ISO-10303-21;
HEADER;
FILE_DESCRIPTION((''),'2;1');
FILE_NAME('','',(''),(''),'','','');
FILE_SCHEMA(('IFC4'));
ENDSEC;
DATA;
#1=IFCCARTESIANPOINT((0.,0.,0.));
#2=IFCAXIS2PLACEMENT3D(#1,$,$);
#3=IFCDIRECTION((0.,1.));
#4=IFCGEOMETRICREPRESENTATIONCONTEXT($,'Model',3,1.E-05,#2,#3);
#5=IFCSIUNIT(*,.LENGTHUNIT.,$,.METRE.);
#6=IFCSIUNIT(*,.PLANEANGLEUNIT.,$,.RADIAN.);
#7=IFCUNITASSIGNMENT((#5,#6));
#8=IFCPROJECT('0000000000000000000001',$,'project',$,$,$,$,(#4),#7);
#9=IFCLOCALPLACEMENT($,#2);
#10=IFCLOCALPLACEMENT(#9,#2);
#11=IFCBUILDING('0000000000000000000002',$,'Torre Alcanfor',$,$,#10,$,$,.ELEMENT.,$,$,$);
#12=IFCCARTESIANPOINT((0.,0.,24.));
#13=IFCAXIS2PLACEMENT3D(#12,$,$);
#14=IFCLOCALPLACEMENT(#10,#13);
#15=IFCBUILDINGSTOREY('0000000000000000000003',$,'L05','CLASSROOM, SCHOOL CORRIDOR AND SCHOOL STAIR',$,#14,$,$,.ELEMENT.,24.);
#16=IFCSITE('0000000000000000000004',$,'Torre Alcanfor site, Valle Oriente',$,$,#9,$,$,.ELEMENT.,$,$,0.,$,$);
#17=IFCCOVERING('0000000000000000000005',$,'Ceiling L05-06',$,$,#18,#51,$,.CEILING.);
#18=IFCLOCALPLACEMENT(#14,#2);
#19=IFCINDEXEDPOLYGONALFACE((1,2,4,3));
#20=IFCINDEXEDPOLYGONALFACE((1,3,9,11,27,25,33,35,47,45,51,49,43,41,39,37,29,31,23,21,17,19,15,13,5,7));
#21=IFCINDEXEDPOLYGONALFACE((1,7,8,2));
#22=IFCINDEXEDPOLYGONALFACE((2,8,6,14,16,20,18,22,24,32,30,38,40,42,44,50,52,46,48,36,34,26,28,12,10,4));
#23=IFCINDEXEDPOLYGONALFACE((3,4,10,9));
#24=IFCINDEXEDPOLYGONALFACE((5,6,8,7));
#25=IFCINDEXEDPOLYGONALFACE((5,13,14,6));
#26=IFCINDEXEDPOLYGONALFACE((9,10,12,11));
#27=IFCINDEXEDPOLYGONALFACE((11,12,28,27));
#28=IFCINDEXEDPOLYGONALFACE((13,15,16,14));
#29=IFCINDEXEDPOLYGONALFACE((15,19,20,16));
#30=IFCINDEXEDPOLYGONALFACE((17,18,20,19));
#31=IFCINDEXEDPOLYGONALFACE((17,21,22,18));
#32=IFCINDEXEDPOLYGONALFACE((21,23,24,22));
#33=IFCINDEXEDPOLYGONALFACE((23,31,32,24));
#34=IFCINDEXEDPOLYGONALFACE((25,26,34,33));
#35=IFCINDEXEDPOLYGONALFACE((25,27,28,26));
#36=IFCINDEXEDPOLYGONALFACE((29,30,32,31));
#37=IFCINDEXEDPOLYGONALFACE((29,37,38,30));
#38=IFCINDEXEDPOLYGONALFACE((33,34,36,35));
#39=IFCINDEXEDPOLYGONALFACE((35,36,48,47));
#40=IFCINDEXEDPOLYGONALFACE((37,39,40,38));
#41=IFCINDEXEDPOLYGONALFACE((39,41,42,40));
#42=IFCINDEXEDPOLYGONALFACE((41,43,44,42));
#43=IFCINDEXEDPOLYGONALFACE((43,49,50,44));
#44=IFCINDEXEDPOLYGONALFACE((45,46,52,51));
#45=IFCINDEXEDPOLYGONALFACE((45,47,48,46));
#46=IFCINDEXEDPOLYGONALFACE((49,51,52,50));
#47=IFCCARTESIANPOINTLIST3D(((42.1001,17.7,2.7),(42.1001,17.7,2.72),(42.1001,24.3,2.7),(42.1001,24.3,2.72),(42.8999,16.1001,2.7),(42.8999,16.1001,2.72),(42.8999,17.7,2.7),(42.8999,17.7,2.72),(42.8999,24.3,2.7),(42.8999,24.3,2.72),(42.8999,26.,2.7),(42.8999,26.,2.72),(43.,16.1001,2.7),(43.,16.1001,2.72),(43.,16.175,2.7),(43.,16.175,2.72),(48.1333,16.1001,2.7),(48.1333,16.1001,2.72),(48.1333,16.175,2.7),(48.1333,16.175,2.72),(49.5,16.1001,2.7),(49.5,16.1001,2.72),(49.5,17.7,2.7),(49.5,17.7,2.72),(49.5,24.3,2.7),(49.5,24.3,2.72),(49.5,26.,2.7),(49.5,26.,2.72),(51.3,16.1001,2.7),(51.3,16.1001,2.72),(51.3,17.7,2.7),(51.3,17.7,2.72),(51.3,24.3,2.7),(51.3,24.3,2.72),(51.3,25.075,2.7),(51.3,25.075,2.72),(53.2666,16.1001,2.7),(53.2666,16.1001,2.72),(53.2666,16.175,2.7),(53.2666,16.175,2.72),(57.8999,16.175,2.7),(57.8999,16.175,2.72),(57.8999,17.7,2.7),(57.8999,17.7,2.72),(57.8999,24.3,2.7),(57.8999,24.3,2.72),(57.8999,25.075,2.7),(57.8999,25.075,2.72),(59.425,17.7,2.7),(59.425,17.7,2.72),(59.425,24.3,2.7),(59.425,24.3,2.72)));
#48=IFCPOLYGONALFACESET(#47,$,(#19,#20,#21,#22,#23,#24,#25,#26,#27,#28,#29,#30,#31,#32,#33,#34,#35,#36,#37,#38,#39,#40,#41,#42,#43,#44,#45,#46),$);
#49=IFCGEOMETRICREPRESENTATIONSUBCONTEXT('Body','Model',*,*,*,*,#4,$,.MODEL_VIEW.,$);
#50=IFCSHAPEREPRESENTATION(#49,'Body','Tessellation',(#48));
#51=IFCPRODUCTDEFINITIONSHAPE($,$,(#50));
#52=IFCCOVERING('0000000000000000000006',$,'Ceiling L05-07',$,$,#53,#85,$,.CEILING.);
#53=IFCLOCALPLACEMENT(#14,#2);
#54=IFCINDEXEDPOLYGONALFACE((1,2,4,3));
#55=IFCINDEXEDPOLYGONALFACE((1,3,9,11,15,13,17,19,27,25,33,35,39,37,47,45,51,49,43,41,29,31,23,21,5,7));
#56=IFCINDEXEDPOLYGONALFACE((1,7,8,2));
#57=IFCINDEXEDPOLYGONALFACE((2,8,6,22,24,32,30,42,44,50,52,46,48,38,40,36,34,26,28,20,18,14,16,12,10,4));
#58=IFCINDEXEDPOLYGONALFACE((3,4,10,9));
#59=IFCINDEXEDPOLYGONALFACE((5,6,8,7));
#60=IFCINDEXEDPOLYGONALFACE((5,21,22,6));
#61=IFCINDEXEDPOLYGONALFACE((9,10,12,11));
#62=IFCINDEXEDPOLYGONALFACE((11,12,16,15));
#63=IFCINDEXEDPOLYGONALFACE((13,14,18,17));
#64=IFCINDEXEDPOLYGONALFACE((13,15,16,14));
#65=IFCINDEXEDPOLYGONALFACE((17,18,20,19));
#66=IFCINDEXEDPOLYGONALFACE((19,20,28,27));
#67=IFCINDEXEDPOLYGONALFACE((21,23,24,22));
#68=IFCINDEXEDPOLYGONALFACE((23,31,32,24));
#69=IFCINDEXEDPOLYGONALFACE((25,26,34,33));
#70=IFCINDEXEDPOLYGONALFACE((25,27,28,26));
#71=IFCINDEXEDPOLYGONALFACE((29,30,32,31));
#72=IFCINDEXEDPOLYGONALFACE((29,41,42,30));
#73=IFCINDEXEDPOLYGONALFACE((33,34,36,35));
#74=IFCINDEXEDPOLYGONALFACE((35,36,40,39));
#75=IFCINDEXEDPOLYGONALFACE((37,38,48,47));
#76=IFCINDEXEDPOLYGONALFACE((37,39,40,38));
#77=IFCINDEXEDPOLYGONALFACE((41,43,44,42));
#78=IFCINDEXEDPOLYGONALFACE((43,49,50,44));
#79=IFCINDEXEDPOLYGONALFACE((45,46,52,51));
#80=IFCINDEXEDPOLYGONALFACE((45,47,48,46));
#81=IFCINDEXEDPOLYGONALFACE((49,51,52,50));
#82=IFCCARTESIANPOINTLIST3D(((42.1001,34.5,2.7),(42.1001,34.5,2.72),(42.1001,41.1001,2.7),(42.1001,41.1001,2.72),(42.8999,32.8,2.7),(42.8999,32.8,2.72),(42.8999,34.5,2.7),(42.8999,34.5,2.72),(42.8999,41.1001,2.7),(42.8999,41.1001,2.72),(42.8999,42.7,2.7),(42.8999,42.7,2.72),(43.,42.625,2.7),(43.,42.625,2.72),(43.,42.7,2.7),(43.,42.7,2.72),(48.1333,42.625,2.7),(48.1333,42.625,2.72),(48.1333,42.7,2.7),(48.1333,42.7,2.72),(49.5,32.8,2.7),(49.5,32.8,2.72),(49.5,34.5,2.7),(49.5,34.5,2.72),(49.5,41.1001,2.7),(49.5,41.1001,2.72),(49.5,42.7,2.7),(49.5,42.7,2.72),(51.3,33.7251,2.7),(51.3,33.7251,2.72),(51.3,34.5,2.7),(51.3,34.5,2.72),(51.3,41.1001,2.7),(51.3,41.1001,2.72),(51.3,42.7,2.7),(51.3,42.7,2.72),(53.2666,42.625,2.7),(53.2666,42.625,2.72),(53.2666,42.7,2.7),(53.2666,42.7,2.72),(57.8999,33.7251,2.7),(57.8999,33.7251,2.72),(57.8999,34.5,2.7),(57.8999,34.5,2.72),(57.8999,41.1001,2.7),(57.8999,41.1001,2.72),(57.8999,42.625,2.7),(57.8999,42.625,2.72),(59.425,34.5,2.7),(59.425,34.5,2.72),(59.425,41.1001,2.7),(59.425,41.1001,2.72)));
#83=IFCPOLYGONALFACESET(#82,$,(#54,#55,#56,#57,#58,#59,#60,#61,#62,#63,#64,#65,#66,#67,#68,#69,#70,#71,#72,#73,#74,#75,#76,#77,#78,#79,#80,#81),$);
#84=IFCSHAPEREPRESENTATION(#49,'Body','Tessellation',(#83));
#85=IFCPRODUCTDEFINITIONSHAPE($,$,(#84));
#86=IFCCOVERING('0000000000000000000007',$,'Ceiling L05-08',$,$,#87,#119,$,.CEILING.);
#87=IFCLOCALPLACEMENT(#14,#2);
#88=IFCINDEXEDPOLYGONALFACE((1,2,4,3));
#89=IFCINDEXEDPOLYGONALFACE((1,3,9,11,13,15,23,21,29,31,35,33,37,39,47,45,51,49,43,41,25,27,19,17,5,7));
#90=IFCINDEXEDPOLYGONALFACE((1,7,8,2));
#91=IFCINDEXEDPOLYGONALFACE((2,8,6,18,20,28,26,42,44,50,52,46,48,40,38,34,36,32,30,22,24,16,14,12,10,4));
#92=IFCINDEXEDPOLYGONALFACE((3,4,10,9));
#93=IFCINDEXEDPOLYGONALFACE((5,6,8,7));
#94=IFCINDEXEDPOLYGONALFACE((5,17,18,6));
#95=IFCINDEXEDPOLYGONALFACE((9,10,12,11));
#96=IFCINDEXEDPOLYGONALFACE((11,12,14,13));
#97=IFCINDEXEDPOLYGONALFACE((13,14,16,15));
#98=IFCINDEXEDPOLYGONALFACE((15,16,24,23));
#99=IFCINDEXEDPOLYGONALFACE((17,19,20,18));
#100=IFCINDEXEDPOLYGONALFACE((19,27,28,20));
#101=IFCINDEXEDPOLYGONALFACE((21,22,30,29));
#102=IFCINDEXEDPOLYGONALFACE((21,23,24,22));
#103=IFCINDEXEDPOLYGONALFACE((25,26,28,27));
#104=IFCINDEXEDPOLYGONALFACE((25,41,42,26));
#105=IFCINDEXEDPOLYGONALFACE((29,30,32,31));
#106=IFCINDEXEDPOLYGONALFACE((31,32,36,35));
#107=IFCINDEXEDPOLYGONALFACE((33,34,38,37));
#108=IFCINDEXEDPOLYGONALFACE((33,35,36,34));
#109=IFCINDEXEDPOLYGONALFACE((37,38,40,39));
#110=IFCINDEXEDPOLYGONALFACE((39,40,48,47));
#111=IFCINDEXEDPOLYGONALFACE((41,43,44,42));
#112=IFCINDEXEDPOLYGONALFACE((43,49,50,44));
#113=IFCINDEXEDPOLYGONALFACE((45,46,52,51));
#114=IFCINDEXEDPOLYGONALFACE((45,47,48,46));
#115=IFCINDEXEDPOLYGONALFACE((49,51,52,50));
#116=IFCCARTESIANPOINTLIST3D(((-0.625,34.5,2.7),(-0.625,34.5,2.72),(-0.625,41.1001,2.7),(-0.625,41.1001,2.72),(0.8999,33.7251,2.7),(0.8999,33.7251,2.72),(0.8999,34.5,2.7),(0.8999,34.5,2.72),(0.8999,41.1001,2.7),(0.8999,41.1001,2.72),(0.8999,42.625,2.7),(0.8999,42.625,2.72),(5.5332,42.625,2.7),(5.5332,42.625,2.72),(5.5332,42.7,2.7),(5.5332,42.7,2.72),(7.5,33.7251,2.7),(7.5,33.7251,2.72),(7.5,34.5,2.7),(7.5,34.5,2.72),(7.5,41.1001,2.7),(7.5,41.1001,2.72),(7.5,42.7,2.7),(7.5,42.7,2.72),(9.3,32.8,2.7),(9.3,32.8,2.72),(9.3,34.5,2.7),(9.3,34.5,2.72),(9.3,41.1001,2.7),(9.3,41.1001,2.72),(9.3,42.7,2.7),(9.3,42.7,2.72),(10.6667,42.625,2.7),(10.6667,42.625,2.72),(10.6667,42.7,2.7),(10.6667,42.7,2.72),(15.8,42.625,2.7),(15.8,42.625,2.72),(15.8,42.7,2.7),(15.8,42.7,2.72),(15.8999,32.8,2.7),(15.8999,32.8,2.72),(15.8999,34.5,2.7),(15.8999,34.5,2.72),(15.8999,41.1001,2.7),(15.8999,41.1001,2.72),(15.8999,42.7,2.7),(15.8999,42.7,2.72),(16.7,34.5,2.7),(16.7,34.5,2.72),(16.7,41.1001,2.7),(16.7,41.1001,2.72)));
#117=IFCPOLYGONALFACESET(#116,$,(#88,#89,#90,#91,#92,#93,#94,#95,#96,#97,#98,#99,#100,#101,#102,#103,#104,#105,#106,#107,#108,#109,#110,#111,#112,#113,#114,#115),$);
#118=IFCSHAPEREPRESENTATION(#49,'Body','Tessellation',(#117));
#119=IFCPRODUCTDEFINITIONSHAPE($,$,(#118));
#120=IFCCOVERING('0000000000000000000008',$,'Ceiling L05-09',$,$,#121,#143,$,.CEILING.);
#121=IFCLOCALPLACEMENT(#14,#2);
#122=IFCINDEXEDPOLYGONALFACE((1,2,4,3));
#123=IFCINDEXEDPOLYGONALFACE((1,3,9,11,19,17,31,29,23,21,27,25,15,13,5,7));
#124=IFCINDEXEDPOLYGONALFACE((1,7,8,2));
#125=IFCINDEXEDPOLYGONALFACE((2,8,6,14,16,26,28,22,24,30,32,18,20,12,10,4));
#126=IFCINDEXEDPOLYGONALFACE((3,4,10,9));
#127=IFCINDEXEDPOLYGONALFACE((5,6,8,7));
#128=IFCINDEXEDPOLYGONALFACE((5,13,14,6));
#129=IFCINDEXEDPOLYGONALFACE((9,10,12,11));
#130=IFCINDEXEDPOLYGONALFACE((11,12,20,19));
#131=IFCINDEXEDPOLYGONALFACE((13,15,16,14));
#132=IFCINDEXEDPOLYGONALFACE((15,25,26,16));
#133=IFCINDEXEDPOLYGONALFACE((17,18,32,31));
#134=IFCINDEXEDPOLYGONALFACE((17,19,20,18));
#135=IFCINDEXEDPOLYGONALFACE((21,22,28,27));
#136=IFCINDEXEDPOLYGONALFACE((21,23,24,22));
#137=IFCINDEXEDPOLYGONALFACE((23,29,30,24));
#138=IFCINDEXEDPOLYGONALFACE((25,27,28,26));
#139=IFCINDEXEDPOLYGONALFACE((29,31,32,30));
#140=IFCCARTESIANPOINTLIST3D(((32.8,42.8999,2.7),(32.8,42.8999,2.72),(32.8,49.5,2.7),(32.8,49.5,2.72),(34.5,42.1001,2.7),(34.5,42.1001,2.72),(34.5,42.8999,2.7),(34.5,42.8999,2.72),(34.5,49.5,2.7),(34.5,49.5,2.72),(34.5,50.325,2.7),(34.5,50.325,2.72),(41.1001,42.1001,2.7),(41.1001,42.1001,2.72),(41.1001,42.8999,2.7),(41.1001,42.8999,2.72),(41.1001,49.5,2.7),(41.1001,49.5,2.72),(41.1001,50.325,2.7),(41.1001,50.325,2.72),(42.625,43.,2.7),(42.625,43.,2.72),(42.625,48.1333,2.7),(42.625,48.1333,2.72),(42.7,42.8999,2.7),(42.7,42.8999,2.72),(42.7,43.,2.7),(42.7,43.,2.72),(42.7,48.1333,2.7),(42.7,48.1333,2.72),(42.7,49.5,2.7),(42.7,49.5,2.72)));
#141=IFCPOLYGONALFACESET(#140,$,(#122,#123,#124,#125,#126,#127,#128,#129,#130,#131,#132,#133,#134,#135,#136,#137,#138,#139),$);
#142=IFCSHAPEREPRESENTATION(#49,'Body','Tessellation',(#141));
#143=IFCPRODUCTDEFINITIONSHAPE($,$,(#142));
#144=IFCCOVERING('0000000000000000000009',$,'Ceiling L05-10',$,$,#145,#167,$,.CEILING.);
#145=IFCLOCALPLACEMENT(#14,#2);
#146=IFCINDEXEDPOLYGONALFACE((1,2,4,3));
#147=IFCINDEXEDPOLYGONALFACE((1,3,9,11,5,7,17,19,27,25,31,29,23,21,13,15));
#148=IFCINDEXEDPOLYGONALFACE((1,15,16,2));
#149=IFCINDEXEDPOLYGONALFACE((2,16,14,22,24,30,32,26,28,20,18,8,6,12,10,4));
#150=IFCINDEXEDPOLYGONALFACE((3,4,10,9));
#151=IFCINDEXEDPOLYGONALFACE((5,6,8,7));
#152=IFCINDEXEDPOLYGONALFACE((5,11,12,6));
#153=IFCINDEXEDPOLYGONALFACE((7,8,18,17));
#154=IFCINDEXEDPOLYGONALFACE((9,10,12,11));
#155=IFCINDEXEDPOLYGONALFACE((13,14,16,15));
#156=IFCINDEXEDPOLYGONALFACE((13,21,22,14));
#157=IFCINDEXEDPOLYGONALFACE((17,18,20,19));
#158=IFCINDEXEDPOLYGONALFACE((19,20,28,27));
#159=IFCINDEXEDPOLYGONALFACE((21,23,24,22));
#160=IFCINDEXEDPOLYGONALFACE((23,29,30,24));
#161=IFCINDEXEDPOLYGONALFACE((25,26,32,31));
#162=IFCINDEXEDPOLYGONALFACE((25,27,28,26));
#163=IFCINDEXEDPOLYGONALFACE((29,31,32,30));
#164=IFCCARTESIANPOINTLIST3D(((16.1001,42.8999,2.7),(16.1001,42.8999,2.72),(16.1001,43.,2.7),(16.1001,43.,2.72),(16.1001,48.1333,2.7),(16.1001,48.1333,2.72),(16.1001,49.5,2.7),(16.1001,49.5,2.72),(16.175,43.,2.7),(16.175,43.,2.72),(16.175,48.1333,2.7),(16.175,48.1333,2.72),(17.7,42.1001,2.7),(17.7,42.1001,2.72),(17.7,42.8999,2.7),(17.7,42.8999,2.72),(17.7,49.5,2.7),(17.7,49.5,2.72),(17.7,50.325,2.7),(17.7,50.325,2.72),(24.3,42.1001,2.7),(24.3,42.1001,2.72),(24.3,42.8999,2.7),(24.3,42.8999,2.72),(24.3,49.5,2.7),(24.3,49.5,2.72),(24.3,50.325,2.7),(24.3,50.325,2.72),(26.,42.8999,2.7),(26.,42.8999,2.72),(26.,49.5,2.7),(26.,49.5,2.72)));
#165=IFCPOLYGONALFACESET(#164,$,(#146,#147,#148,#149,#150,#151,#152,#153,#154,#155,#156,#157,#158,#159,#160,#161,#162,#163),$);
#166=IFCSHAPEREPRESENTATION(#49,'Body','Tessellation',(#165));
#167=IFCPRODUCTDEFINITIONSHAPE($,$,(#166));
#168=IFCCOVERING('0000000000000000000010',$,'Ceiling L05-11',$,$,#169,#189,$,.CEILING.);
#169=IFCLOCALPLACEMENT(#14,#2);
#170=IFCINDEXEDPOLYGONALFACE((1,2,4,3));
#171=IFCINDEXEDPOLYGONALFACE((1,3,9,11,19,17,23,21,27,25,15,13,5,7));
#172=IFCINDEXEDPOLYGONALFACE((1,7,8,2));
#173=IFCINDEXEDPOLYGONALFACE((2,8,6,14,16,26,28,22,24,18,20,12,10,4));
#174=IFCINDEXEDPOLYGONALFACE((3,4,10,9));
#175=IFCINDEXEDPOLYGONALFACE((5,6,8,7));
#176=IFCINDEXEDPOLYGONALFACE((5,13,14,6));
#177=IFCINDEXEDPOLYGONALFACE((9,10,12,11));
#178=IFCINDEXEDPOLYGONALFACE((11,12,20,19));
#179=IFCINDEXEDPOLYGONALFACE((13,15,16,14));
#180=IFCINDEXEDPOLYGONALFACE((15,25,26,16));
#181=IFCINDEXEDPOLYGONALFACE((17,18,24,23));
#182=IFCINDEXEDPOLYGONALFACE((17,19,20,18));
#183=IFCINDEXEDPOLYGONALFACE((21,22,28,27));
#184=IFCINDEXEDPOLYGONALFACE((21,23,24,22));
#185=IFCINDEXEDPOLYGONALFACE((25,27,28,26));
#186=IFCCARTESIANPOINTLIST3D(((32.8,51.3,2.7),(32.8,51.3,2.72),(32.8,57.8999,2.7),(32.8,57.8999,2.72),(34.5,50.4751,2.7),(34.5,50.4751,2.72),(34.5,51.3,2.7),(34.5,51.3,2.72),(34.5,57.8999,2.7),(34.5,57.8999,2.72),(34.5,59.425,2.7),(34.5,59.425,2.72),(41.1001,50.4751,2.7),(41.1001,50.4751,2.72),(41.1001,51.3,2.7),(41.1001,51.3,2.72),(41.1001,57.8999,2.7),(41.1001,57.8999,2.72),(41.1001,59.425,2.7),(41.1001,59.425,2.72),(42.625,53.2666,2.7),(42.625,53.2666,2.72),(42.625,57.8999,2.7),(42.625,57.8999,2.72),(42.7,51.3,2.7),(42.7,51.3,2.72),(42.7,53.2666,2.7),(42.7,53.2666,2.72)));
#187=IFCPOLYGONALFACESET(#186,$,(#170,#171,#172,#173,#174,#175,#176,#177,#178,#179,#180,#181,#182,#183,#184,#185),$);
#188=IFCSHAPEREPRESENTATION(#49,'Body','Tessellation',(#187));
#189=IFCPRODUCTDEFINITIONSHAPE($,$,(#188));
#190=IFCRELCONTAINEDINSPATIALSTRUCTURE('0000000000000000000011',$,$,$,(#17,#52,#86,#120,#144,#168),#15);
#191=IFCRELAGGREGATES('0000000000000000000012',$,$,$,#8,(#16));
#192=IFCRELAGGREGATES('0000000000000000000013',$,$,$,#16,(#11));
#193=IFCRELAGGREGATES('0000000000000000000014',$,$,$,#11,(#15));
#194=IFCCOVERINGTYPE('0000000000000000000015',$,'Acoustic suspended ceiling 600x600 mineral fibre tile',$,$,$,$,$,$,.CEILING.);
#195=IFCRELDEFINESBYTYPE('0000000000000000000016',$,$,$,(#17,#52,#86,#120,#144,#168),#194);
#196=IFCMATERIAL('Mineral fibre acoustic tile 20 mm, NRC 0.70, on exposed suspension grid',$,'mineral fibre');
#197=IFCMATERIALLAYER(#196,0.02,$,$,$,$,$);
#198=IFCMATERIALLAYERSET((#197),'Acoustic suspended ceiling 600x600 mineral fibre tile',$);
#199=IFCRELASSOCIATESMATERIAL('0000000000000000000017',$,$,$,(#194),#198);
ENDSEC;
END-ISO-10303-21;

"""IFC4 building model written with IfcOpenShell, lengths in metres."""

from ifc_helpers import new_model, si_unit, direction, frame, origin, place, context, subcontext, project, spatial, polyline, outline, extrude, material, layer, layer_set, type_object, element, save


model = new_model("IFC4")

# Units and contexts
model_context = context("Model", 3, precision=1e-05, world=origin(), true_north=direction((0.0, 1.0)))
body_context = subcontext(model_context, "Body", "Model", "MODEL_VIEW")
ifc_project = project(units=[si_unit("LENGTHUNIT", "METRE"), si_unit("PLANEANGLEUNIT", "RADIAN")], contexts=[model_context])

# Site, building, storey
site_placement = place(None, origin())
site = spatial("IfcSite", under=ifc_project, at=site_placement, Name="Torre Alcanfor site, Valle Oriente", CompositionType="ELEMENT", RefElevation=0.0)
building_placement = place(site_placement, origin())
building = spatial("IfcBuilding", under=site, at=building_placement, Name="Torre Alcanfor", CompositionType="ELEMENT")
storey_placement = place(building_placement, frame((0.0, 0.0, 24.0)))
storey = spatial("IfcBuildingStorey", under=building, at=storey_placement, Name="L05", Description="CLASSROOM, SCHOOL CORRIDOR AND SCHOOL STAIR", CompositionType="ELEMENT", Elevation=24.0)

# Coverings
ifc_material_1 = material(Name="Mineral fibre acoustic tile 20 mm, NRC 0.70, on exposed suspension grid", Category="mineral fibre")
ifc_layer_1 = layer(ifc_material_1, 0.02)
ifc_layer_set_1 = layer_set([ifc_layer_1], Name="Acoustic suspended ceiling 600x600 mineral fibre tile")
covering_type_1 = type_object("IfcCoveringType", Name="Acoustic suspended ceiling 600x600 mineral fibre tile", PredefinedType="CEILING", material=ifc_layer_set_1)
covering_1_placement = place(storey_placement, frame((0.0, 0.0, 2.7)))
element("IfcCovering", 1, at=covering_1_placement, inside=storey, type_object=covering_type_1, Name="Ceiling L05-06", PredefinedType="CEILING", context=body_context, shape_type="SweptSolid", body=[
    extrude(outline(polyline([(48.1333, 16.1001), (49.5, 16.1001), (49.5, 17.7), (51.3, 17.7), (51.3, 16.1001), (53.2666, 16.1001), (53.2666, 16.175), (57.8999, 16.175), (57.8999, 17.7), (59.425, 17.7), (59.425, 24.3), (57.8999, 24.3), (57.8999, 25.075), (51.3, 25.075), (51.3, 24.3), (49.5, 24.3), (49.5, 26.0), (42.8999, 26.0), (42.8999, 24.3), (42.1001, 24.3), (42.1001, 17.7), (42.8999, 17.7), (42.8999, 16.1001), (43.0, 16.1001), (43.0, 16.175), (48.1333, 16.175), (48.1333, 16.1001)])), origin(), (0.0, 0.0, 1.0), 0.02),
])
covering_2_placement = place(storey_placement, frame((0.0, 0.0, 2.7)))
element("IfcCovering", 2, at=covering_2_placement, inside=storey, type_object=covering_type_1, Name="Ceiling L05-07", PredefinedType="CEILING", context=body_context, shape_type="SweptSolid", body=[
    extrude(outline(polyline([(42.8999, 42.7), (42.8999, 41.1001), (42.1001, 41.1001), (42.1001, 34.5), (42.8999, 34.5), (42.8999, 32.8), (49.5, 32.8), (49.5, 34.5), (51.3, 34.5), (51.3, 33.7251), (57.8999, 33.7251), (57.8999, 34.5), (59.425, 34.5), (59.425, 41.1001), (57.8999, 41.1001), (57.8999, 42.625), (53.2666, 42.625), (53.2666, 42.7), (51.3, 42.7), (51.3, 41.1001), (49.5, 41.1001), (49.5, 42.7), (48.1333, 42.7), (48.1333, 42.625), (43.0, 42.625), (43.0, 42.7), (42.8999, 42.7)])), origin(), (0.0, 0.0, 1.0), 0.02),
])
covering_3_placement = place(storey_placement, frame((0.0, 0.0, 2.7)))
element("IfcCovering", 3, at=covering_3_placement, inside=storey, type_object=covering_type_1, Name="Ceiling L05-08", PredefinedType="CEILING", context=body_context, shape_type="SweptSolid", body=[
    extrude(outline(polyline([(7.5, 41.1001), (7.5, 42.7), (5.5332, 42.7), (5.5332, 42.625), (0.8999, 42.625), (0.8999, 41.1001), (-0.625, 41.1001), (-0.625, 34.5), (0.8999, 34.5), (0.8999, 33.7251), (7.5, 33.7251), (7.5, 34.5), (9.3, 34.5), (9.3, 32.8), (15.8999, 32.8), (15.8999, 34.5), (16.7, 34.5), (16.7, 41.1001), (15.8999, 41.1001), (15.8999, 42.7), (15.8, 42.7), (15.8, 42.625), (10.6667, 42.625), (10.6667, 42.7), (9.3, 42.7), (9.3, 41.1001), (7.5, 41.1001)])), origin(), (0.0, 0.0, 1.0), 0.02),
])
covering_4_placement = place(storey_placement, frame((0.0, 0.0, 2.7)))
element("IfcCovering", 4, at=covering_4_placement, inside=storey, type_object=covering_type_1, Name="Ceiling L05-09", PredefinedType="CEILING", context=body_context, shape_type="SweptSolid", body=[
    extrude(outline(polyline([(34.5, 50.325), (34.5, 49.5), (32.8, 49.5), (32.8, 42.8999), (34.5, 42.8999), (34.5, 42.1001), (41.1001, 42.1001), (41.1001, 42.8999), (42.7, 42.8999), (42.7, 43.0), (42.625, 43.0), (42.625, 48.1333), (42.7, 48.1333), (42.7, 49.5), (41.1001, 49.5), (41.1001, 50.325), (34.5, 50.325)])), origin(), (0.0, 0.0, 1.0), 0.02),
])
covering_5_placement = place(storey_placement, frame((0.0, 0.0, 2.7)))
element("IfcCovering", 5, at=covering_5_placement, inside=storey, type_object=covering_type_1, Name="Ceiling L05-10", PredefinedType="CEILING", context=body_context, shape_type="SweptSolid", body=[
    extrude(outline(polyline([(16.175, 43.0), (16.1001, 43.0), (16.1001, 42.8999), (17.7, 42.8999), (17.7, 42.1001), (24.3, 42.1001), (24.3, 42.8999), (26.0, 42.8999), (26.0, 49.5), (24.3, 49.5), (24.3, 50.325), (17.7, 50.325), (17.7, 49.5), (16.1001, 49.5), (16.1001, 48.1333), (16.175, 48.1333), (16.175, 43.0)])), origin(), (0.0, 0.0, 1.0), 0.02),
])
covering_6_placement = place(storey_placement, frame((0.0, 0.0, 2.7)))
element("IfcCovering", 6, at=covering_6_placement, inside=storey, type_object=covering_type_1, Name="Ceiling L05-11", PredefinedType="CEILING", context=body_context, shape_type="SweptSolid", body=[
    extrude(outline(polyline([(41.1001, 51.3), (42.7, 51.3), (42.7, 53.2666), (42.625, 53.2666), (42.625, 57.8999), (41.1001, 57.8999), (41.1001, 59.425), (34.5, 59.425), (34.5, 57.8999), (32.8, 57.8999), (32.8, 51.3), (34.5, 51.3), (34.5, 50.4751), (41.1001, 50.4751), (41.1001, 51.3)])), origin(), (0.0, 0.0, 1.0), 0.02),
])

save(model, "model.ifc")
